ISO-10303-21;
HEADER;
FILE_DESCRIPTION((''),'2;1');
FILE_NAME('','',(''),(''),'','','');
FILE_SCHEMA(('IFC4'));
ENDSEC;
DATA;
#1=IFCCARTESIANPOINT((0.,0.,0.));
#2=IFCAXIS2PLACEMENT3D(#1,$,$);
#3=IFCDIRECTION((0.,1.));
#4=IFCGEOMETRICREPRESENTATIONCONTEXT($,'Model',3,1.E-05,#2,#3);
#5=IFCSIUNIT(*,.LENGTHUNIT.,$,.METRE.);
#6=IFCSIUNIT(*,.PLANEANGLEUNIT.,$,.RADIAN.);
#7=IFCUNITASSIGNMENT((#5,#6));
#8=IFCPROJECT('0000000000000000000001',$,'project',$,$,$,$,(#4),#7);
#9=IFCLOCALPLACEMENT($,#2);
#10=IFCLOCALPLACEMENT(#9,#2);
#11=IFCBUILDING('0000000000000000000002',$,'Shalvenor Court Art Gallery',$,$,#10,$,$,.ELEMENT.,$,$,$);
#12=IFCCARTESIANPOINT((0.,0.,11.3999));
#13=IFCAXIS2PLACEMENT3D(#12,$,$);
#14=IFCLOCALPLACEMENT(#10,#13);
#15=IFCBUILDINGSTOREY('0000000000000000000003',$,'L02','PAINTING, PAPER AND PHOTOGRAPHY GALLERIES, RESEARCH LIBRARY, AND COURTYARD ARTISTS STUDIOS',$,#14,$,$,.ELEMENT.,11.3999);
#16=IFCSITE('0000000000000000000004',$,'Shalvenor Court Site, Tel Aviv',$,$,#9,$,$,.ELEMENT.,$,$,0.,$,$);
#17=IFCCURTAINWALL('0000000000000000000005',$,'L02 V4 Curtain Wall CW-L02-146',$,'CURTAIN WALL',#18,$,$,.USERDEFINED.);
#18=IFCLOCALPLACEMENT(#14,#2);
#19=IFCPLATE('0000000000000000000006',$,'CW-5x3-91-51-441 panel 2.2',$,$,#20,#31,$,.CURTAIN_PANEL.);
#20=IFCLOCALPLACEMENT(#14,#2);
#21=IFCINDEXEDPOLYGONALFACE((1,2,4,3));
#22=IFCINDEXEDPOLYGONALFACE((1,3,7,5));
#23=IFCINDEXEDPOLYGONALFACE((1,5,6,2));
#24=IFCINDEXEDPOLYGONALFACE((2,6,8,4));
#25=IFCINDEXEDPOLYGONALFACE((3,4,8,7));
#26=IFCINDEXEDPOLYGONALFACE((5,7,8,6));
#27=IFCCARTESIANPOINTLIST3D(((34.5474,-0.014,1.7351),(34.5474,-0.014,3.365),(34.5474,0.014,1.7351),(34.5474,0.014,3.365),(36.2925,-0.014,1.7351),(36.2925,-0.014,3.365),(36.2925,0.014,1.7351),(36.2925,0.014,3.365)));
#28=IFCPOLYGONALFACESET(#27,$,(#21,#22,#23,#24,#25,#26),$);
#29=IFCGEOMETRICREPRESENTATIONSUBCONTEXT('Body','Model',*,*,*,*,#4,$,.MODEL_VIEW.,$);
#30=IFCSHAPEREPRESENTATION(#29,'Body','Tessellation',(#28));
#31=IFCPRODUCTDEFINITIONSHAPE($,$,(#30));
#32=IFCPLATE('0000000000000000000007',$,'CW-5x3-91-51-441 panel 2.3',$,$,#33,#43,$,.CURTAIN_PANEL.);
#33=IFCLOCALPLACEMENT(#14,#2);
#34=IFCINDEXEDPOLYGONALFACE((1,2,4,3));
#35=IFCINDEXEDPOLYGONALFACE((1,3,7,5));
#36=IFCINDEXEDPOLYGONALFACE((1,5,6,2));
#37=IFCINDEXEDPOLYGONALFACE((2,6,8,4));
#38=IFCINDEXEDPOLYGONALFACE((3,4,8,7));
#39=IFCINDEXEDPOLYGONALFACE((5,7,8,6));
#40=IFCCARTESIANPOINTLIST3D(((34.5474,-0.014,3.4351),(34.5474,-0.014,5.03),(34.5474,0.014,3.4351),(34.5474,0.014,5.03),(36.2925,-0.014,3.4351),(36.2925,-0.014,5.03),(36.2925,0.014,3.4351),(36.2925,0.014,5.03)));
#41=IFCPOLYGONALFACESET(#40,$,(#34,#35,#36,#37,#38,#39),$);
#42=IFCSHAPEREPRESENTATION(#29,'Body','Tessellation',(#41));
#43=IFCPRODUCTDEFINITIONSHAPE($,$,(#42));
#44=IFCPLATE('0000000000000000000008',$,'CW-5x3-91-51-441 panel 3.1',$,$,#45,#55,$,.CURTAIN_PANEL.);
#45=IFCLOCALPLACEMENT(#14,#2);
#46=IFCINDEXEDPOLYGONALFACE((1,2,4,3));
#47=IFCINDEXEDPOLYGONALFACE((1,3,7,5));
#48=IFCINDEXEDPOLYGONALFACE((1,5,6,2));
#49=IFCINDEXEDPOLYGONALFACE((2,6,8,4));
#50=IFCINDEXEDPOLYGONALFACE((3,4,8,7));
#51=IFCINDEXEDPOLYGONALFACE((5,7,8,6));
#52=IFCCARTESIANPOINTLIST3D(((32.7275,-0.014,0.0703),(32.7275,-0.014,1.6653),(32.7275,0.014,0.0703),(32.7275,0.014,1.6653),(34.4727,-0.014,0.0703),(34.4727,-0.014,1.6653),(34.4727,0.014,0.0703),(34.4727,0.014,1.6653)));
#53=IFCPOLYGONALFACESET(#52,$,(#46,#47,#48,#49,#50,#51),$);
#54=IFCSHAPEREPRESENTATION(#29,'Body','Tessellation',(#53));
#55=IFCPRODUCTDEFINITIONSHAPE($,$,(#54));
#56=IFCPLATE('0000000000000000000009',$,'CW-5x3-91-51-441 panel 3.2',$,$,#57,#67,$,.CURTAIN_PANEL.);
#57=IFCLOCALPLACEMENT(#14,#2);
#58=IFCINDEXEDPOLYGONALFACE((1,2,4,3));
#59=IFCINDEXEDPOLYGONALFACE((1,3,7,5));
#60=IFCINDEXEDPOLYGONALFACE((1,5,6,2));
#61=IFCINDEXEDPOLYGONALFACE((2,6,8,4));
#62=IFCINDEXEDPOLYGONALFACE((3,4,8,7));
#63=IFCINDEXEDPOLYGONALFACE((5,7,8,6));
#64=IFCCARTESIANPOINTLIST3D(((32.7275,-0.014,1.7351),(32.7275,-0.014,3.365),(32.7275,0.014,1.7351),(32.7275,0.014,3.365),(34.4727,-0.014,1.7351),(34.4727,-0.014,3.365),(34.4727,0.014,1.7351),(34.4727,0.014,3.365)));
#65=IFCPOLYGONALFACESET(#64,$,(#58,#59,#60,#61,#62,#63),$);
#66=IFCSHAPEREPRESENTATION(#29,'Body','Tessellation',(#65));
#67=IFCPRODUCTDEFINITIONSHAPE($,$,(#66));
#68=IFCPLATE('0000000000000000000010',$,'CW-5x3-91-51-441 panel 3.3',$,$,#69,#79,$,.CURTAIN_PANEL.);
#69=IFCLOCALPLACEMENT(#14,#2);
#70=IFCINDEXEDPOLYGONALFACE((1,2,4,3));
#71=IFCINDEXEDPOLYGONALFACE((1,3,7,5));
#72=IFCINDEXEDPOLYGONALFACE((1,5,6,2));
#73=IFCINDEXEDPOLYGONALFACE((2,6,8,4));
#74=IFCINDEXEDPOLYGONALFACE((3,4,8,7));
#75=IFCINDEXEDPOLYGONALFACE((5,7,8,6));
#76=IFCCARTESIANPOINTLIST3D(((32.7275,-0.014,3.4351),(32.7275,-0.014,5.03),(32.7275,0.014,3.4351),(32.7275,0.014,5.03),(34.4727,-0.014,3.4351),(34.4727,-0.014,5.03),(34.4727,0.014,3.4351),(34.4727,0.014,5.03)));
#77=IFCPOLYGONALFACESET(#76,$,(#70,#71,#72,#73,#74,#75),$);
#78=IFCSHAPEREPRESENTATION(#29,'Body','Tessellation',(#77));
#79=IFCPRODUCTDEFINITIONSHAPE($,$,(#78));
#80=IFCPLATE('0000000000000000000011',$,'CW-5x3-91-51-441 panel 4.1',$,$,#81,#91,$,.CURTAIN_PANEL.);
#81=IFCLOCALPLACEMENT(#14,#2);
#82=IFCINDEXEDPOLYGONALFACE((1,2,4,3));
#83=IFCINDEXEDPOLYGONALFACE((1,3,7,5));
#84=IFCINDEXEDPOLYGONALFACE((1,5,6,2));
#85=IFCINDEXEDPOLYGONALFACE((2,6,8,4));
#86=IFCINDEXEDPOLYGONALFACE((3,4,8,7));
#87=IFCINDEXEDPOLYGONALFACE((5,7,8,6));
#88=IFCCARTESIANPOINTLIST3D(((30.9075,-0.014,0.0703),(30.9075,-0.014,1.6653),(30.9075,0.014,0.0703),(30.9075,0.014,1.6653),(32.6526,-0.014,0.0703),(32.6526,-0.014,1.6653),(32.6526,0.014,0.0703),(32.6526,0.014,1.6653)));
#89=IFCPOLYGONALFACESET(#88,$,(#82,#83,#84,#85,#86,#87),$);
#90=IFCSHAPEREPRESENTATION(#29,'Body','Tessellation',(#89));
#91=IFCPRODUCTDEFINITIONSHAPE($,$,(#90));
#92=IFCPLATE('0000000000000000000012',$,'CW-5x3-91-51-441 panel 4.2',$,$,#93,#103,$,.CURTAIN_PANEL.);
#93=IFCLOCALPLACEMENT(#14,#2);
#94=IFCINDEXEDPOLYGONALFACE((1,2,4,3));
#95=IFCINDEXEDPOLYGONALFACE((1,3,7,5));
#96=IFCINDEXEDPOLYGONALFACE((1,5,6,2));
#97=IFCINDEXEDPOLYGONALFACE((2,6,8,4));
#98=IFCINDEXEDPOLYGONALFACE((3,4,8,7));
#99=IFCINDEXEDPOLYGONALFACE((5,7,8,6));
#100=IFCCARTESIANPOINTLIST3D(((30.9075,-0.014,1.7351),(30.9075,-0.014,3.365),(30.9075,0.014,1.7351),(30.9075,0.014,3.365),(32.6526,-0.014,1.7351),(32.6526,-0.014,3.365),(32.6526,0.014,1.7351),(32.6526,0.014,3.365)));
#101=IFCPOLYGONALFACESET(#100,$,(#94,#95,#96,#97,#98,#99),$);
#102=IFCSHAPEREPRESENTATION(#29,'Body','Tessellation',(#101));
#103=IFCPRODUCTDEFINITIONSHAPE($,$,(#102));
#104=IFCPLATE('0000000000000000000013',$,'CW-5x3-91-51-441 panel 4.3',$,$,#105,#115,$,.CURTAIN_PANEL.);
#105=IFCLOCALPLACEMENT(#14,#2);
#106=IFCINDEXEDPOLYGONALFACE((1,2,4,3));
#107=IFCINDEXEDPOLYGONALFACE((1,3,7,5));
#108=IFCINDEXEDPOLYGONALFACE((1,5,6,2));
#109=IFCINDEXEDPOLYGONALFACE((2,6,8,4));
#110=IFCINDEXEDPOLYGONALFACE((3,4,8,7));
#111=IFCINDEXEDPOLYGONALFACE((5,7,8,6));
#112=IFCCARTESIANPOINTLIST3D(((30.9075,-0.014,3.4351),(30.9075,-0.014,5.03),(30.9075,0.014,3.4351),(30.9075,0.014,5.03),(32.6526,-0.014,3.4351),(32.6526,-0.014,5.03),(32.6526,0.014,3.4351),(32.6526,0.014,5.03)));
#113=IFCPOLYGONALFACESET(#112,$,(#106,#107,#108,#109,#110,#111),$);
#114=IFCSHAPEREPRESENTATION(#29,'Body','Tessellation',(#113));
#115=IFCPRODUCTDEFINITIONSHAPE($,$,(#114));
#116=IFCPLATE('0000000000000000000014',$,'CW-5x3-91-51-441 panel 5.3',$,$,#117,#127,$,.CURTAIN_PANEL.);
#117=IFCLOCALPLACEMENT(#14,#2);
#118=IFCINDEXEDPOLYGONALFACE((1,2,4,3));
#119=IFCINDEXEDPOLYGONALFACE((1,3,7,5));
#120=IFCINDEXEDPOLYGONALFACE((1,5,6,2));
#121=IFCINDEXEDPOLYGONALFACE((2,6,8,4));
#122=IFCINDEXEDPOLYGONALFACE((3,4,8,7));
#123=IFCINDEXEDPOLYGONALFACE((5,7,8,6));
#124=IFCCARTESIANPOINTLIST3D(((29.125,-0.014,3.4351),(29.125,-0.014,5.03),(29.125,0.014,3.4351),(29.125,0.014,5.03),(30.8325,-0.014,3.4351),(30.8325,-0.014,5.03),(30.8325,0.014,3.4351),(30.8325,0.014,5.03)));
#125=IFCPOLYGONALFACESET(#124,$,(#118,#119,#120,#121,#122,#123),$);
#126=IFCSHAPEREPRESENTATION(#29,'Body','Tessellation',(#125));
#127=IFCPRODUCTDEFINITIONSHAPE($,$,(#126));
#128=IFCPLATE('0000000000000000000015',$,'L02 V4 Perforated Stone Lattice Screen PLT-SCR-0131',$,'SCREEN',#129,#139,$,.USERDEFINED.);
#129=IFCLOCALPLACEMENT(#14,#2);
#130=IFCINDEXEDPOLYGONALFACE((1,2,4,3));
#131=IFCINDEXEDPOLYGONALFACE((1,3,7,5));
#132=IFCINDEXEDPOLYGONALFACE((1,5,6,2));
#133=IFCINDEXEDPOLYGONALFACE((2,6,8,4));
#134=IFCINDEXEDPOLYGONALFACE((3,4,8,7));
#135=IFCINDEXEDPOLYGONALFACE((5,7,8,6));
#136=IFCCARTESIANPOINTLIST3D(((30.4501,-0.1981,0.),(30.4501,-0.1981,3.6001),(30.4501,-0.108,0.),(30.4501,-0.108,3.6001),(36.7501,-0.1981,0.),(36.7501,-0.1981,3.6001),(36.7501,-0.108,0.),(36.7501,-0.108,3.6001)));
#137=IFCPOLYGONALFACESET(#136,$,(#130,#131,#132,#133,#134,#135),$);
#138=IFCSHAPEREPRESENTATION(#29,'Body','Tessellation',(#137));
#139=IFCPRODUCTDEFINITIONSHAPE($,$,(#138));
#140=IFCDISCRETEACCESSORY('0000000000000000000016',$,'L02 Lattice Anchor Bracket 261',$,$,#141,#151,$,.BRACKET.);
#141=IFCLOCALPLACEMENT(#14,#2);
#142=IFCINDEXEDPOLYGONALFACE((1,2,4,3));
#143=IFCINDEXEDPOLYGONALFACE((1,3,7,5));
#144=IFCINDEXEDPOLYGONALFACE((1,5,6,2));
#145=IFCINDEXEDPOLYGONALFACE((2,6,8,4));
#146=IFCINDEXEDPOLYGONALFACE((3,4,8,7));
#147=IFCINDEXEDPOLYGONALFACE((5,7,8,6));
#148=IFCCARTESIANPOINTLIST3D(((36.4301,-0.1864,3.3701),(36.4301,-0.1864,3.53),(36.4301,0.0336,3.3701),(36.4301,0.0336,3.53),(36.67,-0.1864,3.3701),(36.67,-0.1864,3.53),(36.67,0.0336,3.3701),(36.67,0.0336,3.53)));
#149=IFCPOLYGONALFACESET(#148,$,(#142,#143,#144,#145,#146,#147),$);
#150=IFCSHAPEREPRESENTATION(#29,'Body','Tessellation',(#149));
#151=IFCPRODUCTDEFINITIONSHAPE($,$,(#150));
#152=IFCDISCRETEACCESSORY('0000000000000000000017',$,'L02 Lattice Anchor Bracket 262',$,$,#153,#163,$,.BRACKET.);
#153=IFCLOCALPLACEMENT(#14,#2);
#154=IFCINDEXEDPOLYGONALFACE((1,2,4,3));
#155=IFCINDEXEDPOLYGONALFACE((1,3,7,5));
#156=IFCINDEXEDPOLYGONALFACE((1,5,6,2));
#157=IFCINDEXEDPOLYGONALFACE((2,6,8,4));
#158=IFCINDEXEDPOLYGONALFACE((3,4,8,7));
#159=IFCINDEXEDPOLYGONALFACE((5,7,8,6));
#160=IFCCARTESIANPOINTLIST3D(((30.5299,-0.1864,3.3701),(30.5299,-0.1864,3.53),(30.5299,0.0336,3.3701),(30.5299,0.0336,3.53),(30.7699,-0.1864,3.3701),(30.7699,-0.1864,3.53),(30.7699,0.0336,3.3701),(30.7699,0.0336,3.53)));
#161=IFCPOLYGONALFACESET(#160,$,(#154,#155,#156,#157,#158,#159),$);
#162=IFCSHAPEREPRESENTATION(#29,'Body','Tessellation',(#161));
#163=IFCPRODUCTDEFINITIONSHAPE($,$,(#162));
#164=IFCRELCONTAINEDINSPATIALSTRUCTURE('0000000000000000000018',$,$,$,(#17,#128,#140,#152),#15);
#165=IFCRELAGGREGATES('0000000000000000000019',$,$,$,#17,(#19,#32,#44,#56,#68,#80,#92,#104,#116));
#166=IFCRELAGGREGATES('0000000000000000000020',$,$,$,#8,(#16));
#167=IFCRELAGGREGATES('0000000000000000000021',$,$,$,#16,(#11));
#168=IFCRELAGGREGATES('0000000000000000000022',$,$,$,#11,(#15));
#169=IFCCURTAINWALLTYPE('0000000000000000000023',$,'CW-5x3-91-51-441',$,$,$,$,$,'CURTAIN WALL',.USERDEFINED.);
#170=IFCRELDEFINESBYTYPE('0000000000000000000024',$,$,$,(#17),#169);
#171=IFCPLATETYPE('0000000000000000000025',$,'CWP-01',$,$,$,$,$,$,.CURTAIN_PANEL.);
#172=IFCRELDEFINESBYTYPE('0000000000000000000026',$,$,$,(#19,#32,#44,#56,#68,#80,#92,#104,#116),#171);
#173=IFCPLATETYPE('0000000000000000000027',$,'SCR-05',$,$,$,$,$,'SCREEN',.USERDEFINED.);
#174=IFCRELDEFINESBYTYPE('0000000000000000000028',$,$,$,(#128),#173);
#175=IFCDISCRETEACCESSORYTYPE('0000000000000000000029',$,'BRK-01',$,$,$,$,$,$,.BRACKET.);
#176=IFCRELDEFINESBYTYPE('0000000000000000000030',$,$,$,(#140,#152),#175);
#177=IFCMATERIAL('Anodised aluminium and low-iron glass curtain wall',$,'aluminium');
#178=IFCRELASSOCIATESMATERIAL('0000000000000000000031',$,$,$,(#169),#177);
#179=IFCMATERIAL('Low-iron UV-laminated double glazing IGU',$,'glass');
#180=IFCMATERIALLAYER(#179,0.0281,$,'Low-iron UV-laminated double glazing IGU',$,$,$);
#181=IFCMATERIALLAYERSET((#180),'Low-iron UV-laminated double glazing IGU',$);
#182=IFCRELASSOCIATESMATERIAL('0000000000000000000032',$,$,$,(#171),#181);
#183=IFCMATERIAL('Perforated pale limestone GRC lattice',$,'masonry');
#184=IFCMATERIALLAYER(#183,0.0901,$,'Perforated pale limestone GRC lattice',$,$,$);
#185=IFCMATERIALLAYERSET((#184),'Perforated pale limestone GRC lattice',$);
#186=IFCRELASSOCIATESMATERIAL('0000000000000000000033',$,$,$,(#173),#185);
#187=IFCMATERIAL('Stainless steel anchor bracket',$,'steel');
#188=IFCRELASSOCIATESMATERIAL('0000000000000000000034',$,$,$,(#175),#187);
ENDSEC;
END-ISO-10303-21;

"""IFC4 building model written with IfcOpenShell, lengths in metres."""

from ifc_helpers import new_model, si_unit, direction, frame, origin, origin_2d, place, context, subcontext, project, spatial, rectangle, extrude, material, layer, layer_set, type_object, element, aggregate, save


model = new_model("IFC4")

# Units and contexts
model_context = context("Model", 3, precision=1e-05, world=origin(), true_north=direction((0.0, 1.0)))
body_context = subcontext(model_context, "Body", "Model", "MODEL_VIEW")
ifc_project = project(units=[si_unit("LENGTHUNIT", "METRE"), si_unit("PLANEANGLEUNIT", "RADIAN")], contexts=[model_context])

# Site, building, storey
site_placement = place(None, origin())
site = spatial("IfcSite", under=ifc_project, at=site_placement, Name="Shalvenor Court Site, Tel Aviv", CompositionType="ELEMENT", RefElevation=0.0)
building_placement = place(site_placement, origin())
building = spatial("IfcBuilding", under=site, at=building_placement, Name="Shalvenor Court Art Gallery", CompositionType="ELEMENT")
storey_placement = place(building_placement, frame((0.0, 0.0, 11.3999)))
storey = spatial("IfcBuildingStorey", under=building, at=storey_placement, Name="L02", Description="PAINTING, PAPER AND PHOTOGRAPHY GALLERIES, RESEARCH LIBRARY, AND COURTYARD ARTISTS STUDIOS", CompositionType="ELEMENT", Elevation=11.3999)

# Curtain wall, plates
ifc_material_1 = material(Name="Anodised aluminium and low-iron glass curtain wall", Category="aluminium")
curtain_wall_type = type_object("IfcCurtainWallType", Name="CW-5x3-91-51-441", ElementType="CURTAIN WALL", PredefinedType="USERDEFINED", material=ifc_material_1)
curtain_wall_placement = place(storey_placement, origin())
curtain_wall = element("IfcCurtainWall", 1, at=curtain_wall_placement, inside=storey, type_object=curtain_wall_type, Name="L02 V4 Curtain Wall CW-L02-146", ObjectType="CURTAIN WALL", PredefinedType="USERDEFINED")
ifc_material_2 = material(Name="Low-iron UV-laminated double glazing IGU", Category="glass")
ifc_layer_1 = layer(ifc_material_2, 0.0281, Name="Low-iron UV-laminated double glazing IGU")
ifc_layer_set_1 = layer_set([ifc_layer_1], Name="Low-iron UV-laminated double glazing IGU")
plate_type_1 = type_object("IfcPlateType", Name="CWP-01", PredefinedType="CURTAIN_PANEL", material=ifc_layer_set_1)
plate_1_placement = place(storey_placement, frame((35.4199, 0.0, 1.7351), z_axis=(0.0, 0.0, 1.0), x_axis=(-1.0, 0.0, 0.0)))
plate_1 = element("IfcPlate", 2, at=plate_1_placement, type_object=plate_type_1, Name="CW-5x3-91-51-441 panel 2.2", PredefinedType="CURTAIN_PANEL", context=body_context, shape_type="SweptSolid", body=[
    extrude(rectangle(XDim=1.7451, YDim=0.0281, at=origin_2d()), origin(), (0.0, 0.0, 1.0), 1.6299),
])
plate_2_placement = place(storey_placement, frame((35.4199, 0.0, 3.4351), z_axis=(0.0, 0.0, 1.0), x_axis=(-1.0, 0.0, 0.0)))
plate_2 = element("IfcPlate", 3, at=plate_2_placement, type_object=plate_type_1, Name="CW-5x3-91-51-441 panel 2.3", PredefinedType="CURTAIN_PANEL", context=body_context, shape_type="SweptSolid", body=[
    extrude(rectangle(XDim=1.7451, YDim=0.0281, at=origin_2d()), origin(), (0.0, 0.0, 1.0), 1.595),
])
plate_3_placement = place(storey_placement, frame((33.6001, 0.0, 0.0703), z_axis=(0.0, 0.0, 1.0), x_axis=(-1.0, 0.0, 0.0)))
plate_3 = element("IfcPlate", 4, at=plate_3_placement, type_object=plate_type_1, Name="CW-5x3-91-51-441 panel 3.1", PredefinedType="CURTAIN_PANEL", context=body_context, shape_type="SweptSolid", body=[
    extrude(rectangle(XDim=1.7451, YDim=0.0281, at=origin_2d()), origin(), (0.0, 0.0, 1.0), 1.595),
])
plate_4_placement = place(storey_placement, frame((33.6001, 0.0, 1.7351), z_axis=(0.0, 0.0, 1.0), x_axis=(-1.0, 0.0, 0.0)))
plate_4 = element("IfcPlate", 5, at=plate_4_placement, type_object=plate_type_1, Name="CW-5x3-91-51-441 panel 3.2", PredefinedType="CURTAIN_PANEL", context=body_context, shape_type="SweptSolid", body=[
    extrude(rectangle(XDim=1.7451, YDim=0.0281, at=origin_2d()), origin(), (0.0, 0.0, 1.0), 1.6299),
])
plate_5_placement = place(storey_placement, frame((33.6001, 0.0, 3.4351), z_axis=(0.0, 0.0, 1.0), x_axis=(-1.0, 0.0, 0.0)))
plate_5 = element("IfcPlate", 6, at=plate_5_placement, type_object=plate_type_1, Name="CW-5x3-91-51-441 panel 3.3", PredefinedType="CURTAIN_PANEL", context=body_context, shape_type="SweptSolid", body=[
    extrude(rectangle(XDim=1.7451, YDim=0.0281, at=origin_2d()), origin(), (0.0, 0.0, 1.0), 1.595),
])
plate_6_placement = place(storey_placement, frame((31.78, 0.0, 0.0703), z_axis=(0.0, 0.0, 1.0), x_axis=(-1.0, 0.0, 0.0)))
plate_6 = element("IfcPlate", 7, at=plate_6_placement, type_object=plate_type_1, Name="CW-5x3-91-51-441 panel 4.1", PredefinedType="CURTAIN_PANEL", context=body_context, shape_type="SweptSolid", body=[
    extrude(rectangle(XDim=1.7451, YDim=0.0281, at=origin_2d()), origin(), (0.0, 0.0, 1.0), 1.595),
])
plate_7_placement = place(storey_placement, frame((31.78, 0.0, 1.7351), z_axis=(0.0, 0.0, 1.0), x_axis=(-1.0, 0.0, 0.0)))
plate_7 = element("IfcPlate", 8, at=plate_7_placement, type_object=plate_type_1, Name="CW-5x3-91-51-441 panel 4.2", PredefinedType="CURTAIN_PANEL", context=body_context, shape_type="SweptSolid", body=[
    extrude(rectangle(XDim=1.7451, YDim=0.0281, at=origin_2d()), origin(), (0.0, 0.0, 1.0), 1.6299),
])
plate_8_placement = place(storey_placement, frame((31.78, 0.0, 3.4351), z_axis=(0.0, 0.0, 1.0), x_axis=(-1.0, 0.0, 0.0)))
plate_8 = element("IfcPlate", 9, at=plate_8_placement, type_object=plate_type_1, Name="CW-5x3-91-51-441 panel 4.3", PredefinedType="CURTAIN_PANEL", context=body_context, shape_type="SweptSolid", body=[
    extrude(rectangle(XDim=1.7451, YDim=0.0281, at=origin_2d()), origin(), (0.0, 0.0, 1.0), 1.595),
])
plate_9_placement = place(storey_placement, frame((29.9788, 0.0, 3.4351), z_axis=(0.0, 0.0, 1.0), x_axis=(-1.0, 0.0, 0.0)))
plate_9 = element("IfcPlate", 10, at=plate_9_placement, type_object=plate_type_1, Name="CW-5x3-91-51-441 panel 5.3", PredefinedType="CURTAIN_PANEL", context=body_context, shape_type="SweptSolid", body=[
    extrude(rectangle(XDim=1.7075, YDim=0.0281, at=origin_2d()), origin(), (0.0, 0.0, 1.0), 1.595),
])
aggregate(curtain_wall, [plate_1, plate_2, plate_3, plate_4, plate_5, plate_6, plate_7, plate_8, plate_9])

# Plate
ifc_material_3 = material(Name="Perforated pale limestone GRC lattice", Category="masonry")
ifc_layer_2 = layer(ifc_material_3, 0.0901, Name="Perforated pale limestone GRC lattice")
ifc_layer_set_2 = layer_set([ifc_layer_2], Name="Perforated pale limestone GRC lattice")
plate_type_2 = type_object("IfcPlateType", Name="SCR-05", ElementType="SCREEN", PredefinedType="USERDEFINED", material=ifc_layer_set_2)
plate_10_placement = place(storey_placement, frame((33.6001, -0.1531, 0.0), z_axis=(0.0, 0.0, 1.0), x_axis=(-1.0, 0.0, 0.0)))
element("IfcPlate", 11, at=plate_10_placement, inside=storey, type_object=plate_type_2, Name="L02 V4 Perforated Stone Lattice Screen PLT-SCR-0131", ObjectType="SCREEN", PredefinedType="USERDEFINED", context=body_context, shape_type="SweptSolid", body=[
    extrude(rectangle(XDim=6.3, YDim=0.0901, at=origin_2d()), origin(), (0.0, 0.0, 1.0), 3.6001),
])

# Discrete accessories
ifc_material_4 = material(Name="Stainless steel anchor bracket", Category="steel")
discrete_accessory_type = type_object("IfcDiscreteAccessoryType", Name="BRK-01", PredefinedType="BRACKET", material=ifc_material_4)
for number, where, z_axis, x_axis, name in (
    (12, (36.55, -0.0764, 3.3701), (0.0, 0.0, 1.0), (-1.0, 0.0, 0.0), "L02 Lattice Anchor Bracket 261"),
    (13, (30.6499, -0.0764, 3.3701), (0.0, 0.0, 1.0), (-1.0, 0.0, 0.0), "L02 Lattice Anchor Bracket 262"),
):
    element("IfcDiscreteAccessory", number, at=place(storey_placement, frame(where, z_axis=z_axis, x_axis=x_axis)), inside=storey, type_object=discrete_accessory_type, Name=name, PredefinedType="BRACKET", context=body_context, shape_type="SweptSolid", body=[
        extrude(rectangle(XDim=0.24, YDim=0.22, at=origin_2d()), origin(), (0.0, 0.0, 1.0), 0.1599),
    ])

save(model, "model.ifc")
